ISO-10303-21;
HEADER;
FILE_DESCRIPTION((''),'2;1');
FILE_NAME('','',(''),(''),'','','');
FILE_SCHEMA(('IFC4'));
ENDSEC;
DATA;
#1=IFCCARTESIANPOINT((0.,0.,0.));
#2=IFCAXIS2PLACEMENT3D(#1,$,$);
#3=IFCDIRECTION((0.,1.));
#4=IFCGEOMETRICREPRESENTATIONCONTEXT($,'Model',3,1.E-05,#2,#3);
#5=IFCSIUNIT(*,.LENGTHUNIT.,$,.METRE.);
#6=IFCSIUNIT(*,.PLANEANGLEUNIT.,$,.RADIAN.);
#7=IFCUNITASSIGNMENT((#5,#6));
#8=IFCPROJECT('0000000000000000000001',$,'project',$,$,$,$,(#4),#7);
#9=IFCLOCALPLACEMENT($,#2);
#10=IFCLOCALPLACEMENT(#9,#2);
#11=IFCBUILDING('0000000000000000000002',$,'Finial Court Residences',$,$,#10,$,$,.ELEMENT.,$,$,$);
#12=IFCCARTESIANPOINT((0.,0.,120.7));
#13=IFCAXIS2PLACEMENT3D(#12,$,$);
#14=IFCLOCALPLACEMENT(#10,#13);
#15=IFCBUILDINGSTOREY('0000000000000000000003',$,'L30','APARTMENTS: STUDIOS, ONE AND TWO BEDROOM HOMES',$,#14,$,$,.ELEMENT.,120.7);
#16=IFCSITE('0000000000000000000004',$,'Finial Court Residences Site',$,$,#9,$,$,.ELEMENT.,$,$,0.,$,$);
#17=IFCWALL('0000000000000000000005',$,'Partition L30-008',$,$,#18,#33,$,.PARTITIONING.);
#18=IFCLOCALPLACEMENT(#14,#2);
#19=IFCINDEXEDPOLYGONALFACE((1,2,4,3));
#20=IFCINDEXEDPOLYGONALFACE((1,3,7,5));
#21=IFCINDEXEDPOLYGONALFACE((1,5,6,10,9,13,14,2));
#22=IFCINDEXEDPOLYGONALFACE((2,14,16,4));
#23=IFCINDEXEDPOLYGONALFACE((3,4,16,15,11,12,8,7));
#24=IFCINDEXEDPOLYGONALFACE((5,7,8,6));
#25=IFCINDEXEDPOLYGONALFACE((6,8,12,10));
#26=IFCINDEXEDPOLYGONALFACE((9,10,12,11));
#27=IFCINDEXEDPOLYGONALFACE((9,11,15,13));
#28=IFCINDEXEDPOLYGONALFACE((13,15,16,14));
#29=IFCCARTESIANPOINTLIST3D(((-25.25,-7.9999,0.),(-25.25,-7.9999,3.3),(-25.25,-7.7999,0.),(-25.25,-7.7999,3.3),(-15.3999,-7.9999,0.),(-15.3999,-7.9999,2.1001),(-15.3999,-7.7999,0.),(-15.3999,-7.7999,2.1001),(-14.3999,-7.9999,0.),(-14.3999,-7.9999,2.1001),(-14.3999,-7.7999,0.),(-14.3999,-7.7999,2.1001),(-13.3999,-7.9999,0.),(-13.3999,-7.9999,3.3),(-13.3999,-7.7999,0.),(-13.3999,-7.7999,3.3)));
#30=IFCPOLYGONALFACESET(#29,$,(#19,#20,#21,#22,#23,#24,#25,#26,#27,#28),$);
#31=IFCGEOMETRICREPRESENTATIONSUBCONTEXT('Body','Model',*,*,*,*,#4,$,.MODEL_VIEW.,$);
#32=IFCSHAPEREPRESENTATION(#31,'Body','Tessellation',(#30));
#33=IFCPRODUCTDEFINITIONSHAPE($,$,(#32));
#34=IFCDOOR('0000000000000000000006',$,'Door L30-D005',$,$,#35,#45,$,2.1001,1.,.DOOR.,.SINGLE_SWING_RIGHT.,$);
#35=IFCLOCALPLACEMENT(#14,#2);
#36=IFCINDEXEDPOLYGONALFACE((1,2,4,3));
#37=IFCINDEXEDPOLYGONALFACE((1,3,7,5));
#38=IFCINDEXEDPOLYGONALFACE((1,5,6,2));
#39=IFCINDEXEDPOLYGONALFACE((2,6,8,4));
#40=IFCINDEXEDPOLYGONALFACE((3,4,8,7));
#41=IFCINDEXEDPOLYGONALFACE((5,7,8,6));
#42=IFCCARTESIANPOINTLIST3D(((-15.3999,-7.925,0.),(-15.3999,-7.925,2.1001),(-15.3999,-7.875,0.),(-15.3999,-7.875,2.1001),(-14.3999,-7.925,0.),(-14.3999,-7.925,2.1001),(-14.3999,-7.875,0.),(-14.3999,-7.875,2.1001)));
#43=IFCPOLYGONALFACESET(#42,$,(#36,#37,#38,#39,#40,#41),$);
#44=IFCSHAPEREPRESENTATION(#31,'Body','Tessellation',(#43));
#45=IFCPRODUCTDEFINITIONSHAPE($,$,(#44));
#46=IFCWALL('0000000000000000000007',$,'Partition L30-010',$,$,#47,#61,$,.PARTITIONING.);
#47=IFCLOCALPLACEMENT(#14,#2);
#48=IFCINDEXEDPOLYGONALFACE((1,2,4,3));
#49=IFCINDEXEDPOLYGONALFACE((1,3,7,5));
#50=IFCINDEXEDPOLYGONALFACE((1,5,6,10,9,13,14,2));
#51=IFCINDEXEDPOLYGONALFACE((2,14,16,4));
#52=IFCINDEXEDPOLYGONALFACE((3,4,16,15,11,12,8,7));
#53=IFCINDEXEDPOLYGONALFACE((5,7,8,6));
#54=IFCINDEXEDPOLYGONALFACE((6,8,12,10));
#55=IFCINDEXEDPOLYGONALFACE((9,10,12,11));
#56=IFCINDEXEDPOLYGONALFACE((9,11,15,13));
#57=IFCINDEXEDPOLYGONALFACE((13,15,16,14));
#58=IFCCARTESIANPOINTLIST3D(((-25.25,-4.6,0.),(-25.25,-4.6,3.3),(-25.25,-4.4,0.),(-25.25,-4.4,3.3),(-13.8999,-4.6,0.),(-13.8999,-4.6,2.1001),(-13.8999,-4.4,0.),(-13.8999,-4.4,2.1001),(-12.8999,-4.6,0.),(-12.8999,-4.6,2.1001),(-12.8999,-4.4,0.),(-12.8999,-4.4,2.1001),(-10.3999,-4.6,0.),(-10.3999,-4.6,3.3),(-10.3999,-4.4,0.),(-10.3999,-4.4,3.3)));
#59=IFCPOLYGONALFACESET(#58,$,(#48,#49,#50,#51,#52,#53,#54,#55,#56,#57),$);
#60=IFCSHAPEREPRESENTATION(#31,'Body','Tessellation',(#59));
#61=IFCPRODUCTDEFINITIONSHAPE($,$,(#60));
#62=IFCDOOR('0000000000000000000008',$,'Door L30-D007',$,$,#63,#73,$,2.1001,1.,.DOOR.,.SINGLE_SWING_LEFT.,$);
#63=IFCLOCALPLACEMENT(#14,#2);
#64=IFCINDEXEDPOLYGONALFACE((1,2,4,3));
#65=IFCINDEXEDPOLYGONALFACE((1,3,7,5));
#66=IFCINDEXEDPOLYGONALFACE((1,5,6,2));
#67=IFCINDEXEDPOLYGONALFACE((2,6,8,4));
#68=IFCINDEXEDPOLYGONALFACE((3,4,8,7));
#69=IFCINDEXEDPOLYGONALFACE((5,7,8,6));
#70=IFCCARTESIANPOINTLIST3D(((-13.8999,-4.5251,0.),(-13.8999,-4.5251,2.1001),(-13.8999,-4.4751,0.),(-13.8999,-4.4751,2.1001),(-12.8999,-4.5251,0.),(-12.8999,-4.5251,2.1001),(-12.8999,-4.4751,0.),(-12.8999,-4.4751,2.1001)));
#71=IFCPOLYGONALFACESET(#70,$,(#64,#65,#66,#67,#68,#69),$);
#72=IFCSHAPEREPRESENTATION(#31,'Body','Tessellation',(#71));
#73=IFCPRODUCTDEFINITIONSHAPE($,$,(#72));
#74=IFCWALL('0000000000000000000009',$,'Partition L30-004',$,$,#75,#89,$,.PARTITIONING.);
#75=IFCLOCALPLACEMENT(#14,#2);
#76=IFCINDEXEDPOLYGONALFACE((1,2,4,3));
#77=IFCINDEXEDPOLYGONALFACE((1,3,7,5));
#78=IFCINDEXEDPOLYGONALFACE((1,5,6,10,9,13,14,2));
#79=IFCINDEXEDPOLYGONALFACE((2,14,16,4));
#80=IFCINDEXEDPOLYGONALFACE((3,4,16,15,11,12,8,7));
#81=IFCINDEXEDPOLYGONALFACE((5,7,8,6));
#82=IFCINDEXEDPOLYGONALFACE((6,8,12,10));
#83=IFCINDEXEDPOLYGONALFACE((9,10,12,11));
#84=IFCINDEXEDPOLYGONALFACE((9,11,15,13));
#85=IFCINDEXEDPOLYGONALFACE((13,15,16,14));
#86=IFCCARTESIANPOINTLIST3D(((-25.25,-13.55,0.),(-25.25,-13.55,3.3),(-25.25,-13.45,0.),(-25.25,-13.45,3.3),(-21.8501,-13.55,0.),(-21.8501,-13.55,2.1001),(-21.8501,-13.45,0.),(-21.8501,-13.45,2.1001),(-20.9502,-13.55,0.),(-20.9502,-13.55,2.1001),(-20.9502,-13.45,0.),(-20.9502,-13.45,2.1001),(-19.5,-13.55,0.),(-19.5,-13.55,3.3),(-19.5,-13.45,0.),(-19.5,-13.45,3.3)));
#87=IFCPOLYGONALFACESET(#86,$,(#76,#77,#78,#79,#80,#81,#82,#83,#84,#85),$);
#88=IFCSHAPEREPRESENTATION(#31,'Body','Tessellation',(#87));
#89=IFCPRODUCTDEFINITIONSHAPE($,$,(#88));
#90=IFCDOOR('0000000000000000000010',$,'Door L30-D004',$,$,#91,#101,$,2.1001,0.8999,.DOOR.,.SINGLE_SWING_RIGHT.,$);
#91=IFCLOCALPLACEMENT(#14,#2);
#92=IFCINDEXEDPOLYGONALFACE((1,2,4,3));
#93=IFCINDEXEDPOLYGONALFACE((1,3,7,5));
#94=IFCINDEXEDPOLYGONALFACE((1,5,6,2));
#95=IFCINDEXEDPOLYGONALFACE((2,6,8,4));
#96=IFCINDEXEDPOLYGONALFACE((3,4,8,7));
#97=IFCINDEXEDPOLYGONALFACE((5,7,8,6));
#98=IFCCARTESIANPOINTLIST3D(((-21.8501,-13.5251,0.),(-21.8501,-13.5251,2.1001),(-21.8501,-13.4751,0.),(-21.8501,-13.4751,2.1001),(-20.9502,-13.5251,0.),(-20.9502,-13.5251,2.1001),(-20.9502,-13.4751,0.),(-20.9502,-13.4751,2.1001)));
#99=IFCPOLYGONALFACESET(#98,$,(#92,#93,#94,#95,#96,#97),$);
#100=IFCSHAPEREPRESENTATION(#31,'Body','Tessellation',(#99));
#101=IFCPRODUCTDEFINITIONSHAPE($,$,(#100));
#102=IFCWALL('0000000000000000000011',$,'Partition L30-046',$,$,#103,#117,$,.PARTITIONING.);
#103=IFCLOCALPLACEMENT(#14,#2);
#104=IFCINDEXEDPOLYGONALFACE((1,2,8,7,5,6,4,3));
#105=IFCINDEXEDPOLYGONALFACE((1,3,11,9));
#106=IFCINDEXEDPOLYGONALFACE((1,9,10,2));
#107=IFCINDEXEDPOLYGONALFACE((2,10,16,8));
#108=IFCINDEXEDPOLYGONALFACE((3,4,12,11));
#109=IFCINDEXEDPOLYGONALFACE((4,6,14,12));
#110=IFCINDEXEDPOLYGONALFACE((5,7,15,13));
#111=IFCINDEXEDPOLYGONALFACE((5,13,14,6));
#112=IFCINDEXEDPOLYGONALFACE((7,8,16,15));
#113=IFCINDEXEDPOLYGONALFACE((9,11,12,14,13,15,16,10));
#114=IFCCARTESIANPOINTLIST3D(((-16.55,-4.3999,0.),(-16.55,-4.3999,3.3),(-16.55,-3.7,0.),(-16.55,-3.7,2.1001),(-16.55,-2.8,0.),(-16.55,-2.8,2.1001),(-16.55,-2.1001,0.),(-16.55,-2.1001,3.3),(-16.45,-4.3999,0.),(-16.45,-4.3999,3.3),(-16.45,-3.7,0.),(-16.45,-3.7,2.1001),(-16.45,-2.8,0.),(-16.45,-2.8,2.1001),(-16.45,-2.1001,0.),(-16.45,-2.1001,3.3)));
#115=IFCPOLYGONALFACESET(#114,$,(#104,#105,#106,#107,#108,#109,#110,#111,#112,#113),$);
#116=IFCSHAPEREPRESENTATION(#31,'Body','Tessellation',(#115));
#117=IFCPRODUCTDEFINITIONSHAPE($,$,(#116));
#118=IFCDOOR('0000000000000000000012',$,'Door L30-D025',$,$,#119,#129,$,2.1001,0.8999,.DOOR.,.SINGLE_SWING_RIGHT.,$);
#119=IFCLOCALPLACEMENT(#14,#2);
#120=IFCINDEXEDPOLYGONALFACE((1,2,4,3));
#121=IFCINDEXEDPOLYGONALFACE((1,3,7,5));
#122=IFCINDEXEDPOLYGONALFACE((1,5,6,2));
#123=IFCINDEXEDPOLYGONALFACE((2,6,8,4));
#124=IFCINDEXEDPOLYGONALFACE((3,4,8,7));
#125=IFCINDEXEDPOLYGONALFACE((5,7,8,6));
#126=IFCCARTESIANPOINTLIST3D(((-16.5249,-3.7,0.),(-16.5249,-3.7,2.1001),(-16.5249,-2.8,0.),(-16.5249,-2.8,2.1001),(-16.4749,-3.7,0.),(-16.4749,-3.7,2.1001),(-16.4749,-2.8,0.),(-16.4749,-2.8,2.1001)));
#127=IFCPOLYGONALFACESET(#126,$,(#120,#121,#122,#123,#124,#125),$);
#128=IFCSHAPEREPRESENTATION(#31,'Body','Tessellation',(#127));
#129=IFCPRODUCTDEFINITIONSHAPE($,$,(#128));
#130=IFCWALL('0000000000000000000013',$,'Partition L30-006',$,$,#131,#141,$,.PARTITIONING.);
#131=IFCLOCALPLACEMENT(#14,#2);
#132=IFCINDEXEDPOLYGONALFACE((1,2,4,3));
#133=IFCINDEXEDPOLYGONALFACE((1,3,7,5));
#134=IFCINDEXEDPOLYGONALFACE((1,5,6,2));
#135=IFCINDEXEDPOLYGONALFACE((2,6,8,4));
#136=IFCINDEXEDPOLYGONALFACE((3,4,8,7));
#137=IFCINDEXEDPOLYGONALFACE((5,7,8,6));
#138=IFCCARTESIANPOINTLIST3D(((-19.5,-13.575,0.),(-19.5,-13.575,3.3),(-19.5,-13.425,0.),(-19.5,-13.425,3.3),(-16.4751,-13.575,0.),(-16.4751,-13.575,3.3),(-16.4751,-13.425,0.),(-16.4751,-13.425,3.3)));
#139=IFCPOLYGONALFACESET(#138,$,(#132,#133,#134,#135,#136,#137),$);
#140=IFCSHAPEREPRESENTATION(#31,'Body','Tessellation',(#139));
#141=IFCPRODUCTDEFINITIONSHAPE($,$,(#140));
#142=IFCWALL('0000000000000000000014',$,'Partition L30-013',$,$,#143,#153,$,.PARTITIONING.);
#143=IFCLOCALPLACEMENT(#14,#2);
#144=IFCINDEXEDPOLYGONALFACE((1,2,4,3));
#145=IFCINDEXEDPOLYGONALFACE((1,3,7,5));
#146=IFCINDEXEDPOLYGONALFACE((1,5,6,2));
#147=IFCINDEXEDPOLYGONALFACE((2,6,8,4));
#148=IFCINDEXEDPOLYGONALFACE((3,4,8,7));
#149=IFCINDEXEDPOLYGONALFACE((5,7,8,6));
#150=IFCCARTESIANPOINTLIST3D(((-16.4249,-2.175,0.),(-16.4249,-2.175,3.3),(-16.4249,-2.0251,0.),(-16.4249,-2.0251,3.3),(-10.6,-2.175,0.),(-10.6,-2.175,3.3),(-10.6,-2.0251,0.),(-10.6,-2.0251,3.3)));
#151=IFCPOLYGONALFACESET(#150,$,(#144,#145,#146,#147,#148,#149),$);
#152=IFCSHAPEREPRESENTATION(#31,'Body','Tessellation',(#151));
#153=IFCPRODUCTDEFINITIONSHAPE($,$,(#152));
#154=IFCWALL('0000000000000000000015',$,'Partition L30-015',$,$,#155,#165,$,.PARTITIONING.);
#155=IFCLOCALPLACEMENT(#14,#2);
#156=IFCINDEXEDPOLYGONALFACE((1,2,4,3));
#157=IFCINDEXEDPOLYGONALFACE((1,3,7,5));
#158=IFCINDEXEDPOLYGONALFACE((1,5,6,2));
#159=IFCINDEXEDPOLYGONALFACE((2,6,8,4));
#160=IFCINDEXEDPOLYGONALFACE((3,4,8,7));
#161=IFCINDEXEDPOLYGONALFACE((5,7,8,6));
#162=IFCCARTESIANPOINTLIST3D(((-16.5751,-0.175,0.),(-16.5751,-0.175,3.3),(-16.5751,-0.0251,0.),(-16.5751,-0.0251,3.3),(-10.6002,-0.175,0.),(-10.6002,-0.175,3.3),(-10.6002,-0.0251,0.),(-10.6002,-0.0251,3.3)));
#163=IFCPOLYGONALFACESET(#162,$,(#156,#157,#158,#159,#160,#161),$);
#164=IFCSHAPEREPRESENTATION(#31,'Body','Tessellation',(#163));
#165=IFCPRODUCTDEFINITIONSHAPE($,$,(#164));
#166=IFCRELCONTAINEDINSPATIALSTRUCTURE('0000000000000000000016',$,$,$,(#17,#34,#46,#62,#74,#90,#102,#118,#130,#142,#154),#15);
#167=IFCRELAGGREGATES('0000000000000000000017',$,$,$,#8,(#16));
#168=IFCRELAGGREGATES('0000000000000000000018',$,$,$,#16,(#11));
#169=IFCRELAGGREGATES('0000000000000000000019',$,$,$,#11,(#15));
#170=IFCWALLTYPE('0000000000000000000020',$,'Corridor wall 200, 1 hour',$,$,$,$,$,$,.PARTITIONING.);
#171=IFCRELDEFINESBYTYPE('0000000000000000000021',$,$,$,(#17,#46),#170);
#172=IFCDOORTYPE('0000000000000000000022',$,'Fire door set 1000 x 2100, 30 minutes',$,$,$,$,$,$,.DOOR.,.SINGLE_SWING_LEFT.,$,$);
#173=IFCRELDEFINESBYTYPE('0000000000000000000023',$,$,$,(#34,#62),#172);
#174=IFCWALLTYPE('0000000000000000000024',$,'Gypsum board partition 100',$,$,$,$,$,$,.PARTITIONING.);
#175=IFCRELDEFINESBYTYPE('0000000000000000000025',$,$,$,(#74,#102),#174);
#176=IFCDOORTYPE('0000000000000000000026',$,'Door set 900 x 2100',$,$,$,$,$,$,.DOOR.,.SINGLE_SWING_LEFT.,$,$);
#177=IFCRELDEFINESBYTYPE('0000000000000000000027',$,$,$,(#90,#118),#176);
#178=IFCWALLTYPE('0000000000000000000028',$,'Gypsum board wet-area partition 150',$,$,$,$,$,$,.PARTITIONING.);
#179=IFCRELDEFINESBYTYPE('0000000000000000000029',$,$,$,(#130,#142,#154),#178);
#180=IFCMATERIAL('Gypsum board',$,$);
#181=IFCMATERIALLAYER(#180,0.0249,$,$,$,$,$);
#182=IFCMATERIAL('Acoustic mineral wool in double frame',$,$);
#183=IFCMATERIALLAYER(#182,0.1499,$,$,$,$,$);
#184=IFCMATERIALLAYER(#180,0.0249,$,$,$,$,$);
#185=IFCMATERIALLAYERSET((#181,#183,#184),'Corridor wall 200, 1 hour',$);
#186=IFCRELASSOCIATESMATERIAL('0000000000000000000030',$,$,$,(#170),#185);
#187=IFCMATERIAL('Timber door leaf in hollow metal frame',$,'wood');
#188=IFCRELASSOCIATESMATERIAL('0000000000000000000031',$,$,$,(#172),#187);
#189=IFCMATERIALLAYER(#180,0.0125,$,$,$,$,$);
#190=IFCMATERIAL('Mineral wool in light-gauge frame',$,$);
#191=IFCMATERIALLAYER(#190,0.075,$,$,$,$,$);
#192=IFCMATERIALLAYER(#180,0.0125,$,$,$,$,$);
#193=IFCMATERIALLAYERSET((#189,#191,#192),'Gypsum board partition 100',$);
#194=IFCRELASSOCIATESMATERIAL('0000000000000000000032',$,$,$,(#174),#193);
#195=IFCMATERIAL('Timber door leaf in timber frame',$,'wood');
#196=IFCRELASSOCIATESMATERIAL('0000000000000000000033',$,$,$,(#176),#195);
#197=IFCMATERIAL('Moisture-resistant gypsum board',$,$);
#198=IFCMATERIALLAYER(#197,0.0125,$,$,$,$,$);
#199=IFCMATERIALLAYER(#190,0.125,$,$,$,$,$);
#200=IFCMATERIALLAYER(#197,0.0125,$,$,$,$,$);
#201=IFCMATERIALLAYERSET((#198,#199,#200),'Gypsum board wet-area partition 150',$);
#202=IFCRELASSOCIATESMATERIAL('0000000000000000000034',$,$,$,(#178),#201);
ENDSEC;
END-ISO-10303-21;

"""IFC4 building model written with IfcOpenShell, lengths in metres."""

from ifc_helpers import new_model, si_unit, direction, frame, frame_2d, origin, place, context, subcontext, project, spatial, rectangle, extrude, material, layer, layer_set, type_object, element, fill, save


model = new_model("IFC4")

# Units and contexts
model_context = context("Model", 3, precision=1e-05, world=origin(), true_north=direction((0.0, 1.0)))
body_context = subcontext(model_context, "Body", "Model", "MODEL_VIEW")
ifc_project = project(units=[si_unit("LENGTHUNIT", "METRE"), si_unit("PLANEANGLEUNIT", "RADIAN")], contexts=[model_context])

# Site, building, storey
site_placement = place(None, origin())
site = spatial("IfcSite", under=ifc_project, at=site_placement, Name="Finial Court Residences Site", CompositionType="ELEMENT", RefElevation=0.0)
building_placement = place(site_placement, origin())
building = spatial("IfcBuilding", under=site, at=building_placement, Name="Finial Court Residences", CompositionType="ELEMENT")
storey_placement = place(building_placement, frame((0.0, 0.0, 120.7)))
storey = spatial("IfcBuildingStorey", under=building, at=storey_placement, Name="L30", Description="APARTMENTS: STUDIOS, ONE AND TWO BEDROOM HOMES", CompositionType="ELEMENT", Elevation=120.7)

# Walls, openings, doors
ifc_material_1 = material(Name="Gypsum board")
ifc_layer_1 = layer(ifc_material_1, 0.0249)
ifc_material_2 = material(Name="Acoustic mineral wool in double frame")
ifc_layer_2 = layer(ifc_material_2, 0.1499)
ifc_layer_3 = layer(ifc_material_1, 0.0249)
ifc_layer_set_1 = layer_set([ifc_layer_1, ifc_layer_2, ifc_layer_3], Name="Corridor wall 200, 1 hour")
wall_type_1 = type_object("IfcWallType", Name="Corridor wall 200, 1 hour", PredefinedType="PARTITIONING", material=ifc_layer_set_1)
wall_1_placement = place(storey_placement, frame((-25.25, -7.8999, 0.0), z_axis=(0.0, 0.0, 1.0), x_axis=(1.0, 0.0, 0.0)))
wall_1 = element("IfcWall", 1, at=wall_1_placement, inside=storey, type_object=wall_type_1, Name="Partition L30-008", PredefinedType="PARTITIONING", context=body_context, shape_type="SweptSolid", body=[
    extrude(rectangle(XDim=11.8501, YDim=0.2, at=frame_2d((5.925, 0.0))), origin(), (0.0, 0.0, 1.0), 3.3),
])
opening_1_placement = place(wall_1_placement, frame((9.8501, 0.0, 0.0)))
opening_1 = element("IfcOpeningElement", 2, at=opening_1_placement, cuts=wall_1, PredefinedType="OPENING", context=body_context, shape_type="SweptSolid", body=[
    extrude(rectangle(XDim=1.0, YDim=2.1001, at=frame_2d((0.5, 1.05))), frame((0.0, 0.1099, 0.0), z_axis=(0.0, -1.0, 0.0), x_axis=(1.0, 0.0, 0.0)), (0.0, 0.0, 1.0), 0.22),
])
ifc_material_3 = material(Name="Timber door leaf in hollow metal frame", Category="wood")
door_type_1 = type_object("IfcDoorType", Name="Fire door set 1000 x 2100, 30 minutes", OperationType="SINGLE_SWING_LEFT", PredefinedType="DOOR", material=ifc_material_3)
door_1_placement = place(opening_1_placement, origin())
door_1 = element("IfcDoor", 3, at=door_1_placement, inside=storey, type_object=door_type_1, Name="Door L30-D005", OperationType="SINGLE_SWING_RIGHT", OverallHeight=2.1001, OverallWidth=1.0, PredefinedType="DOOR", context=body_context, shape_type="SweptSolid", body=[
    extrude(rectangle(XDim=1.0, YDim=2.1001, at=frame_2d((0.5, 1.05))), frame((0.0, 0.0249, 0.0), z_axis=(0.0, -1.0, 0.0), x_axis=(1.0, 0.0, 0.0)), (0.0, 0.0, 1.0), 0.05),
])
fill(opening_1, door_1)
wall_2_placement = place(storey_placement, frame((-25.25, -4.5, 0.0), z_axis=(0.0, 0.0, 1.0), x_axis=(1.0, 0.0, 0.0)))
wall_2 = element("IfcWall", 4, at=wall_2_placement, inside=storey, type_object=wall_type_1, Name="Partition L30-010", PredefinedType="PARTITIONING", context=body_context, shape_type="SweptSolid", body=[
    extrude(rectangle(XDim=14.8501, YDim=0.2, at=frame_2d((7.425, 0.0))), origin(), (0.0, 0.0, 1.0), 3.3),
])
opening_2_placement = place(wall_2_placement, frame((11.3501, 0.0, 0.0)))
opening_2 = element("IfcOpeningElement", 5, at=opening_2_placement, cuts=wall_2, PredefinedType="OPENING", context=body_context, shape_type="SweptSolid", body=[
    extrude(rectangle(XDim=1.0, YDim=2.1001, at=frame_2d((0.5, 1.05))), frame((0.0, 0.1099, 0.0), z_axis=(0.0, -1.0, 0.0), x_axis=(1.0, 0.0, 0.0)), (0.0, 0.0, 1.0), 0.22),
])
door_2_placement = place(opening_2_placement, origin())
door_2 = element("IfcDoor", 6, at=door_2_placement, inside=storey, type_object=door_type_1, Name="Door L30-D007", OperationType="SINGLE_SWING_LEFT", OverallHeight=2.1001, OverallWidth=1.0, PredefinedType="DOOR", context=body_context, shape_type="SweptSolid", body=[
    extrude(rectangle(XDim=1.0, YDim=2.1001, at=frame_2d((0.5, 1.05))), frame((0.0, 0.0249, 0.0), z_axis=(0.0, -1.0, 0.0), x_axis=(1.0, 0.0, 0.0)), (0.0, 0.0, 1.0), 0.05),
])
fill(opening_2, door_2)
ifc_layer_4 = layer(ifc_material_1, 0.0125)
ifc_material_4 = material(Name="Mineral wool in light-gauge frame")
ifc_layer_5 = layer(ifc_material_4, 0.075)
ifc_layer_6 = layer(ifc_material_1, 0.0125)
ifc_layer_set_2 = layer_set([ifc_layer_4, ifc_layer_5, ifc_layer_6], Name="Gypsum board partition 100")
wall_type_2 = type_object("IfcWallType", Name="Gypsum board partition 100", PredefinedType="PARTITIONING", material=ifc_layer_set_2)
wall_3_placement = place(storey_placement, frame((-25.25, -13.5, 0.0), z_axis=(0.0, 0.0, 1.0), x_axis=(1.0, 0.0, 0.0)))
wall_3 = element("IfcWall", 7, at=wall_3_placement, inside=storey, type_object=wall_type_2, Name="Partition L30-004", PredefinedType="PARTITIONING", context=body_context, shape_type="SweptSolid", body=[
    extrude(rectangle(XDim=5.75, YDim=0.1001, at=frame_2d((2.875, 0.0))), origin(), (0.0, 0.0, 1.0), 3.3),
])
opening_3_placement = place(wall_3_placement, frame((3.3999, 0.0, 0.0)))
opening_3 = element("IfcOpeningElement", 8, at=opening_3_placement, cuts=wall_3, PredefinedType="OPENING", context=body_context, shape_type="SweptSolid", body=[
    extrude(rectangle(XDim=0.8999, YDim=2.1001, at=frame_2d((0.45, 1.05))), frame((0.0, 0.0601, 0.0), z_axis=(0.0, -1.0, 0.0), x_axis=(1.0, 0.0, 0.0)), (0.0, 0.0, 1.0), 0.1201),
])
ifc_material_5 = material(Name="Timber door leaf in timber frame", Category="wood")
door_type_2 = type_object("IfcDoorType", Name="Door set 900 x 2100", OperationType="SINGLE_SWING_LEFT", PredefinedType="DOOR", material=ifc_material_5)
door_3_placement = place(opening_3_placement, origin())
door_3 = element("IfcDoor", 9, at=door_3_placement, inside=storey, type_object=door_type_2, Name="Door L30-D004", OperationType="SINGLE_SWING_RIGHT", OverallHeight=2.1001, OverallWidth=0.8999, PredefinedType="DOOR", context=body_context, shape_type="SweptSolid", body=[
    extrude(rectangle(XDim=0.8999, YDim=2.1001, at=frame_2d((0.45, 1.05))), frame((0.0, 0.0249, 0.0), z_axis=(0.0, -1.0, 0.0), x_axis=(1.0, 0.0, 0.0)), (0.0, 0.0, 1.0), 0.05),
])
fill(opening_3, door_3)
wall_4_placement = place(storey_placement, frame((-16.5, -4.3999, 0.0), z_axis=(0.0, 0.0, 1.0), x_axis=(0.0, 1.0, 0.0)))
wall_4 = element("IfcWall", 10, at=wall_4_placement, inside=storey, type_object=wall_type_2, Name="Partition L30-046", PredefinedType="PARTITIONING", context=body_context, shape_type="SweptSolid", body=[
    extrude(rectangle(XDim=2.2998, YDim=0.1001, at=frame_2d((1.1499, 0.0))), origin(), (0.0, 0.0, 1.0), 3.3),
])
opening_4_placement = place(wall_4_placement, frame((0.7, 0.0, 0.0)))
opening_4 = element("IfcOpeningElement", 11, at=opening_4_placement, cuts=wall_4, PredefinedType="OPENING", context=body_context, shape_type="SweptSolid", body=[
    extrude(rectangle(XDim=0.8999, YDim=2.1001, at=frame_2d((0.45, 1.05))), frame((0.0, 0.0601, 0.0), z_axis=(0.0, -1.0, 0.0), x_axis=(1.0, 0.0, 0.0)), (0.0, 0.0, 1.0), 0.1201),
])
door_4_placement = place(opening_4_placement, origin())
door_4 = element("IfcDoor", 12, at=door_4_placement, inside=storey, type_object=door_type_2, Name="Door L30-D025", OperationType="SINGLE_SWING_RIGHT", OverallHeight=2.1001, OverallWidth=0.8999, PredefinedType="DOOR", context=body_context, shape_type="SweptSolid", body=[
    extrude(rectangle(XDim=0.8999, YDim=2.1001, at=frame_2d((0.45, 1.05))), frame((0.0, 0.0249, 0.0), z_axis=(0.0, -1.0, 0.0), x_axis=(1.0, 0.0, 0.0)), (0.0, 0.0, 1.0), 0.05),
])
fill(opening_4, door_4)

# Walls
ifc_material_6 = material(Name="Moisture-resistant gypsum board")
ifc_layer_7 = layer(ifc_material_6, 0.0125)
ifc_layer_8 = layer(ifc_material_4, 0.125)
ifc_layer_9 = layer(ifc_material_6, 0.0125)
ifc_layer_set_3 = layer_set([ifc_layer_7, ifc_layer_8, ifc_layer_9], Name="Gypsum board wet-area partition 150")
wall_type_3 = type_object("IfcWallType", Name="Gypsum board wet-area partition 150", PredefinedType="PARTITIONING", material=ifc_layer_set_3)
wall_5_placement = place(storey_placement, frame((-19.5, -13.5, 0.0), z_axis=(0.0, 0.0, 1.0), x_axis=(1.0, 0.0, 0.0)))
element("IfcWall", 13, at=wall_5_placement, inside=storey, type_object=wall_type_3, Name="Partition L30-006", PredefinedType="PARTITIONING", context=body_context, shape_type="SweptSolid", body=[
    extrude(rectangle(XDim=3.0249, YDim=0.1499, at=frame_2d((1.5125, 0.0))), origin(), (0.0, 0.0, 1.0), 3.3),
])
wall_6_placement = place(storey_placement, frame((-16.425, -2.1001, 0.0), z_axis=(0.0, 0.0, 1.0), x_axis=(1.0, 0.0, 0.0)))
element("IfcWall", 14, at=wall_6_placement, inside=storey, type_object=wall_type_3, Name="Partition L30-013", PredefinedType="PARTITIONING", context=body_context, shape_type="SweptSolid", body=[
    extrude(rectangle(XDim=5.825, YDim=0.1499, at=frame_2d((2.9126, 0.0))), origin(), (0.0, 0.0, 1.0), 3.3),
])
wall_7_placement = place(storey_placement, frame((-16.575, -0.1001, 0.0), z_axis=(0.0, 0.0, 1.0), x_axis=(1.0, 0.0, 0.0)))
element("IfcWall", 15, at=wall_7_placement, inside=storey, type_object=wall_type_3, Name="Partition L30-015", PredefinedType="PARTITIONING", context=body_context, shape_type="SweptSolid", body=[
    extrude(rectangle(XDim=5.9749, YDim=0.1499, at=frame_2d((2.9873, 0.0))), origin(), (0.0, 0.0, 1.0), 3.3),
])

save(model, "model.ifc")
